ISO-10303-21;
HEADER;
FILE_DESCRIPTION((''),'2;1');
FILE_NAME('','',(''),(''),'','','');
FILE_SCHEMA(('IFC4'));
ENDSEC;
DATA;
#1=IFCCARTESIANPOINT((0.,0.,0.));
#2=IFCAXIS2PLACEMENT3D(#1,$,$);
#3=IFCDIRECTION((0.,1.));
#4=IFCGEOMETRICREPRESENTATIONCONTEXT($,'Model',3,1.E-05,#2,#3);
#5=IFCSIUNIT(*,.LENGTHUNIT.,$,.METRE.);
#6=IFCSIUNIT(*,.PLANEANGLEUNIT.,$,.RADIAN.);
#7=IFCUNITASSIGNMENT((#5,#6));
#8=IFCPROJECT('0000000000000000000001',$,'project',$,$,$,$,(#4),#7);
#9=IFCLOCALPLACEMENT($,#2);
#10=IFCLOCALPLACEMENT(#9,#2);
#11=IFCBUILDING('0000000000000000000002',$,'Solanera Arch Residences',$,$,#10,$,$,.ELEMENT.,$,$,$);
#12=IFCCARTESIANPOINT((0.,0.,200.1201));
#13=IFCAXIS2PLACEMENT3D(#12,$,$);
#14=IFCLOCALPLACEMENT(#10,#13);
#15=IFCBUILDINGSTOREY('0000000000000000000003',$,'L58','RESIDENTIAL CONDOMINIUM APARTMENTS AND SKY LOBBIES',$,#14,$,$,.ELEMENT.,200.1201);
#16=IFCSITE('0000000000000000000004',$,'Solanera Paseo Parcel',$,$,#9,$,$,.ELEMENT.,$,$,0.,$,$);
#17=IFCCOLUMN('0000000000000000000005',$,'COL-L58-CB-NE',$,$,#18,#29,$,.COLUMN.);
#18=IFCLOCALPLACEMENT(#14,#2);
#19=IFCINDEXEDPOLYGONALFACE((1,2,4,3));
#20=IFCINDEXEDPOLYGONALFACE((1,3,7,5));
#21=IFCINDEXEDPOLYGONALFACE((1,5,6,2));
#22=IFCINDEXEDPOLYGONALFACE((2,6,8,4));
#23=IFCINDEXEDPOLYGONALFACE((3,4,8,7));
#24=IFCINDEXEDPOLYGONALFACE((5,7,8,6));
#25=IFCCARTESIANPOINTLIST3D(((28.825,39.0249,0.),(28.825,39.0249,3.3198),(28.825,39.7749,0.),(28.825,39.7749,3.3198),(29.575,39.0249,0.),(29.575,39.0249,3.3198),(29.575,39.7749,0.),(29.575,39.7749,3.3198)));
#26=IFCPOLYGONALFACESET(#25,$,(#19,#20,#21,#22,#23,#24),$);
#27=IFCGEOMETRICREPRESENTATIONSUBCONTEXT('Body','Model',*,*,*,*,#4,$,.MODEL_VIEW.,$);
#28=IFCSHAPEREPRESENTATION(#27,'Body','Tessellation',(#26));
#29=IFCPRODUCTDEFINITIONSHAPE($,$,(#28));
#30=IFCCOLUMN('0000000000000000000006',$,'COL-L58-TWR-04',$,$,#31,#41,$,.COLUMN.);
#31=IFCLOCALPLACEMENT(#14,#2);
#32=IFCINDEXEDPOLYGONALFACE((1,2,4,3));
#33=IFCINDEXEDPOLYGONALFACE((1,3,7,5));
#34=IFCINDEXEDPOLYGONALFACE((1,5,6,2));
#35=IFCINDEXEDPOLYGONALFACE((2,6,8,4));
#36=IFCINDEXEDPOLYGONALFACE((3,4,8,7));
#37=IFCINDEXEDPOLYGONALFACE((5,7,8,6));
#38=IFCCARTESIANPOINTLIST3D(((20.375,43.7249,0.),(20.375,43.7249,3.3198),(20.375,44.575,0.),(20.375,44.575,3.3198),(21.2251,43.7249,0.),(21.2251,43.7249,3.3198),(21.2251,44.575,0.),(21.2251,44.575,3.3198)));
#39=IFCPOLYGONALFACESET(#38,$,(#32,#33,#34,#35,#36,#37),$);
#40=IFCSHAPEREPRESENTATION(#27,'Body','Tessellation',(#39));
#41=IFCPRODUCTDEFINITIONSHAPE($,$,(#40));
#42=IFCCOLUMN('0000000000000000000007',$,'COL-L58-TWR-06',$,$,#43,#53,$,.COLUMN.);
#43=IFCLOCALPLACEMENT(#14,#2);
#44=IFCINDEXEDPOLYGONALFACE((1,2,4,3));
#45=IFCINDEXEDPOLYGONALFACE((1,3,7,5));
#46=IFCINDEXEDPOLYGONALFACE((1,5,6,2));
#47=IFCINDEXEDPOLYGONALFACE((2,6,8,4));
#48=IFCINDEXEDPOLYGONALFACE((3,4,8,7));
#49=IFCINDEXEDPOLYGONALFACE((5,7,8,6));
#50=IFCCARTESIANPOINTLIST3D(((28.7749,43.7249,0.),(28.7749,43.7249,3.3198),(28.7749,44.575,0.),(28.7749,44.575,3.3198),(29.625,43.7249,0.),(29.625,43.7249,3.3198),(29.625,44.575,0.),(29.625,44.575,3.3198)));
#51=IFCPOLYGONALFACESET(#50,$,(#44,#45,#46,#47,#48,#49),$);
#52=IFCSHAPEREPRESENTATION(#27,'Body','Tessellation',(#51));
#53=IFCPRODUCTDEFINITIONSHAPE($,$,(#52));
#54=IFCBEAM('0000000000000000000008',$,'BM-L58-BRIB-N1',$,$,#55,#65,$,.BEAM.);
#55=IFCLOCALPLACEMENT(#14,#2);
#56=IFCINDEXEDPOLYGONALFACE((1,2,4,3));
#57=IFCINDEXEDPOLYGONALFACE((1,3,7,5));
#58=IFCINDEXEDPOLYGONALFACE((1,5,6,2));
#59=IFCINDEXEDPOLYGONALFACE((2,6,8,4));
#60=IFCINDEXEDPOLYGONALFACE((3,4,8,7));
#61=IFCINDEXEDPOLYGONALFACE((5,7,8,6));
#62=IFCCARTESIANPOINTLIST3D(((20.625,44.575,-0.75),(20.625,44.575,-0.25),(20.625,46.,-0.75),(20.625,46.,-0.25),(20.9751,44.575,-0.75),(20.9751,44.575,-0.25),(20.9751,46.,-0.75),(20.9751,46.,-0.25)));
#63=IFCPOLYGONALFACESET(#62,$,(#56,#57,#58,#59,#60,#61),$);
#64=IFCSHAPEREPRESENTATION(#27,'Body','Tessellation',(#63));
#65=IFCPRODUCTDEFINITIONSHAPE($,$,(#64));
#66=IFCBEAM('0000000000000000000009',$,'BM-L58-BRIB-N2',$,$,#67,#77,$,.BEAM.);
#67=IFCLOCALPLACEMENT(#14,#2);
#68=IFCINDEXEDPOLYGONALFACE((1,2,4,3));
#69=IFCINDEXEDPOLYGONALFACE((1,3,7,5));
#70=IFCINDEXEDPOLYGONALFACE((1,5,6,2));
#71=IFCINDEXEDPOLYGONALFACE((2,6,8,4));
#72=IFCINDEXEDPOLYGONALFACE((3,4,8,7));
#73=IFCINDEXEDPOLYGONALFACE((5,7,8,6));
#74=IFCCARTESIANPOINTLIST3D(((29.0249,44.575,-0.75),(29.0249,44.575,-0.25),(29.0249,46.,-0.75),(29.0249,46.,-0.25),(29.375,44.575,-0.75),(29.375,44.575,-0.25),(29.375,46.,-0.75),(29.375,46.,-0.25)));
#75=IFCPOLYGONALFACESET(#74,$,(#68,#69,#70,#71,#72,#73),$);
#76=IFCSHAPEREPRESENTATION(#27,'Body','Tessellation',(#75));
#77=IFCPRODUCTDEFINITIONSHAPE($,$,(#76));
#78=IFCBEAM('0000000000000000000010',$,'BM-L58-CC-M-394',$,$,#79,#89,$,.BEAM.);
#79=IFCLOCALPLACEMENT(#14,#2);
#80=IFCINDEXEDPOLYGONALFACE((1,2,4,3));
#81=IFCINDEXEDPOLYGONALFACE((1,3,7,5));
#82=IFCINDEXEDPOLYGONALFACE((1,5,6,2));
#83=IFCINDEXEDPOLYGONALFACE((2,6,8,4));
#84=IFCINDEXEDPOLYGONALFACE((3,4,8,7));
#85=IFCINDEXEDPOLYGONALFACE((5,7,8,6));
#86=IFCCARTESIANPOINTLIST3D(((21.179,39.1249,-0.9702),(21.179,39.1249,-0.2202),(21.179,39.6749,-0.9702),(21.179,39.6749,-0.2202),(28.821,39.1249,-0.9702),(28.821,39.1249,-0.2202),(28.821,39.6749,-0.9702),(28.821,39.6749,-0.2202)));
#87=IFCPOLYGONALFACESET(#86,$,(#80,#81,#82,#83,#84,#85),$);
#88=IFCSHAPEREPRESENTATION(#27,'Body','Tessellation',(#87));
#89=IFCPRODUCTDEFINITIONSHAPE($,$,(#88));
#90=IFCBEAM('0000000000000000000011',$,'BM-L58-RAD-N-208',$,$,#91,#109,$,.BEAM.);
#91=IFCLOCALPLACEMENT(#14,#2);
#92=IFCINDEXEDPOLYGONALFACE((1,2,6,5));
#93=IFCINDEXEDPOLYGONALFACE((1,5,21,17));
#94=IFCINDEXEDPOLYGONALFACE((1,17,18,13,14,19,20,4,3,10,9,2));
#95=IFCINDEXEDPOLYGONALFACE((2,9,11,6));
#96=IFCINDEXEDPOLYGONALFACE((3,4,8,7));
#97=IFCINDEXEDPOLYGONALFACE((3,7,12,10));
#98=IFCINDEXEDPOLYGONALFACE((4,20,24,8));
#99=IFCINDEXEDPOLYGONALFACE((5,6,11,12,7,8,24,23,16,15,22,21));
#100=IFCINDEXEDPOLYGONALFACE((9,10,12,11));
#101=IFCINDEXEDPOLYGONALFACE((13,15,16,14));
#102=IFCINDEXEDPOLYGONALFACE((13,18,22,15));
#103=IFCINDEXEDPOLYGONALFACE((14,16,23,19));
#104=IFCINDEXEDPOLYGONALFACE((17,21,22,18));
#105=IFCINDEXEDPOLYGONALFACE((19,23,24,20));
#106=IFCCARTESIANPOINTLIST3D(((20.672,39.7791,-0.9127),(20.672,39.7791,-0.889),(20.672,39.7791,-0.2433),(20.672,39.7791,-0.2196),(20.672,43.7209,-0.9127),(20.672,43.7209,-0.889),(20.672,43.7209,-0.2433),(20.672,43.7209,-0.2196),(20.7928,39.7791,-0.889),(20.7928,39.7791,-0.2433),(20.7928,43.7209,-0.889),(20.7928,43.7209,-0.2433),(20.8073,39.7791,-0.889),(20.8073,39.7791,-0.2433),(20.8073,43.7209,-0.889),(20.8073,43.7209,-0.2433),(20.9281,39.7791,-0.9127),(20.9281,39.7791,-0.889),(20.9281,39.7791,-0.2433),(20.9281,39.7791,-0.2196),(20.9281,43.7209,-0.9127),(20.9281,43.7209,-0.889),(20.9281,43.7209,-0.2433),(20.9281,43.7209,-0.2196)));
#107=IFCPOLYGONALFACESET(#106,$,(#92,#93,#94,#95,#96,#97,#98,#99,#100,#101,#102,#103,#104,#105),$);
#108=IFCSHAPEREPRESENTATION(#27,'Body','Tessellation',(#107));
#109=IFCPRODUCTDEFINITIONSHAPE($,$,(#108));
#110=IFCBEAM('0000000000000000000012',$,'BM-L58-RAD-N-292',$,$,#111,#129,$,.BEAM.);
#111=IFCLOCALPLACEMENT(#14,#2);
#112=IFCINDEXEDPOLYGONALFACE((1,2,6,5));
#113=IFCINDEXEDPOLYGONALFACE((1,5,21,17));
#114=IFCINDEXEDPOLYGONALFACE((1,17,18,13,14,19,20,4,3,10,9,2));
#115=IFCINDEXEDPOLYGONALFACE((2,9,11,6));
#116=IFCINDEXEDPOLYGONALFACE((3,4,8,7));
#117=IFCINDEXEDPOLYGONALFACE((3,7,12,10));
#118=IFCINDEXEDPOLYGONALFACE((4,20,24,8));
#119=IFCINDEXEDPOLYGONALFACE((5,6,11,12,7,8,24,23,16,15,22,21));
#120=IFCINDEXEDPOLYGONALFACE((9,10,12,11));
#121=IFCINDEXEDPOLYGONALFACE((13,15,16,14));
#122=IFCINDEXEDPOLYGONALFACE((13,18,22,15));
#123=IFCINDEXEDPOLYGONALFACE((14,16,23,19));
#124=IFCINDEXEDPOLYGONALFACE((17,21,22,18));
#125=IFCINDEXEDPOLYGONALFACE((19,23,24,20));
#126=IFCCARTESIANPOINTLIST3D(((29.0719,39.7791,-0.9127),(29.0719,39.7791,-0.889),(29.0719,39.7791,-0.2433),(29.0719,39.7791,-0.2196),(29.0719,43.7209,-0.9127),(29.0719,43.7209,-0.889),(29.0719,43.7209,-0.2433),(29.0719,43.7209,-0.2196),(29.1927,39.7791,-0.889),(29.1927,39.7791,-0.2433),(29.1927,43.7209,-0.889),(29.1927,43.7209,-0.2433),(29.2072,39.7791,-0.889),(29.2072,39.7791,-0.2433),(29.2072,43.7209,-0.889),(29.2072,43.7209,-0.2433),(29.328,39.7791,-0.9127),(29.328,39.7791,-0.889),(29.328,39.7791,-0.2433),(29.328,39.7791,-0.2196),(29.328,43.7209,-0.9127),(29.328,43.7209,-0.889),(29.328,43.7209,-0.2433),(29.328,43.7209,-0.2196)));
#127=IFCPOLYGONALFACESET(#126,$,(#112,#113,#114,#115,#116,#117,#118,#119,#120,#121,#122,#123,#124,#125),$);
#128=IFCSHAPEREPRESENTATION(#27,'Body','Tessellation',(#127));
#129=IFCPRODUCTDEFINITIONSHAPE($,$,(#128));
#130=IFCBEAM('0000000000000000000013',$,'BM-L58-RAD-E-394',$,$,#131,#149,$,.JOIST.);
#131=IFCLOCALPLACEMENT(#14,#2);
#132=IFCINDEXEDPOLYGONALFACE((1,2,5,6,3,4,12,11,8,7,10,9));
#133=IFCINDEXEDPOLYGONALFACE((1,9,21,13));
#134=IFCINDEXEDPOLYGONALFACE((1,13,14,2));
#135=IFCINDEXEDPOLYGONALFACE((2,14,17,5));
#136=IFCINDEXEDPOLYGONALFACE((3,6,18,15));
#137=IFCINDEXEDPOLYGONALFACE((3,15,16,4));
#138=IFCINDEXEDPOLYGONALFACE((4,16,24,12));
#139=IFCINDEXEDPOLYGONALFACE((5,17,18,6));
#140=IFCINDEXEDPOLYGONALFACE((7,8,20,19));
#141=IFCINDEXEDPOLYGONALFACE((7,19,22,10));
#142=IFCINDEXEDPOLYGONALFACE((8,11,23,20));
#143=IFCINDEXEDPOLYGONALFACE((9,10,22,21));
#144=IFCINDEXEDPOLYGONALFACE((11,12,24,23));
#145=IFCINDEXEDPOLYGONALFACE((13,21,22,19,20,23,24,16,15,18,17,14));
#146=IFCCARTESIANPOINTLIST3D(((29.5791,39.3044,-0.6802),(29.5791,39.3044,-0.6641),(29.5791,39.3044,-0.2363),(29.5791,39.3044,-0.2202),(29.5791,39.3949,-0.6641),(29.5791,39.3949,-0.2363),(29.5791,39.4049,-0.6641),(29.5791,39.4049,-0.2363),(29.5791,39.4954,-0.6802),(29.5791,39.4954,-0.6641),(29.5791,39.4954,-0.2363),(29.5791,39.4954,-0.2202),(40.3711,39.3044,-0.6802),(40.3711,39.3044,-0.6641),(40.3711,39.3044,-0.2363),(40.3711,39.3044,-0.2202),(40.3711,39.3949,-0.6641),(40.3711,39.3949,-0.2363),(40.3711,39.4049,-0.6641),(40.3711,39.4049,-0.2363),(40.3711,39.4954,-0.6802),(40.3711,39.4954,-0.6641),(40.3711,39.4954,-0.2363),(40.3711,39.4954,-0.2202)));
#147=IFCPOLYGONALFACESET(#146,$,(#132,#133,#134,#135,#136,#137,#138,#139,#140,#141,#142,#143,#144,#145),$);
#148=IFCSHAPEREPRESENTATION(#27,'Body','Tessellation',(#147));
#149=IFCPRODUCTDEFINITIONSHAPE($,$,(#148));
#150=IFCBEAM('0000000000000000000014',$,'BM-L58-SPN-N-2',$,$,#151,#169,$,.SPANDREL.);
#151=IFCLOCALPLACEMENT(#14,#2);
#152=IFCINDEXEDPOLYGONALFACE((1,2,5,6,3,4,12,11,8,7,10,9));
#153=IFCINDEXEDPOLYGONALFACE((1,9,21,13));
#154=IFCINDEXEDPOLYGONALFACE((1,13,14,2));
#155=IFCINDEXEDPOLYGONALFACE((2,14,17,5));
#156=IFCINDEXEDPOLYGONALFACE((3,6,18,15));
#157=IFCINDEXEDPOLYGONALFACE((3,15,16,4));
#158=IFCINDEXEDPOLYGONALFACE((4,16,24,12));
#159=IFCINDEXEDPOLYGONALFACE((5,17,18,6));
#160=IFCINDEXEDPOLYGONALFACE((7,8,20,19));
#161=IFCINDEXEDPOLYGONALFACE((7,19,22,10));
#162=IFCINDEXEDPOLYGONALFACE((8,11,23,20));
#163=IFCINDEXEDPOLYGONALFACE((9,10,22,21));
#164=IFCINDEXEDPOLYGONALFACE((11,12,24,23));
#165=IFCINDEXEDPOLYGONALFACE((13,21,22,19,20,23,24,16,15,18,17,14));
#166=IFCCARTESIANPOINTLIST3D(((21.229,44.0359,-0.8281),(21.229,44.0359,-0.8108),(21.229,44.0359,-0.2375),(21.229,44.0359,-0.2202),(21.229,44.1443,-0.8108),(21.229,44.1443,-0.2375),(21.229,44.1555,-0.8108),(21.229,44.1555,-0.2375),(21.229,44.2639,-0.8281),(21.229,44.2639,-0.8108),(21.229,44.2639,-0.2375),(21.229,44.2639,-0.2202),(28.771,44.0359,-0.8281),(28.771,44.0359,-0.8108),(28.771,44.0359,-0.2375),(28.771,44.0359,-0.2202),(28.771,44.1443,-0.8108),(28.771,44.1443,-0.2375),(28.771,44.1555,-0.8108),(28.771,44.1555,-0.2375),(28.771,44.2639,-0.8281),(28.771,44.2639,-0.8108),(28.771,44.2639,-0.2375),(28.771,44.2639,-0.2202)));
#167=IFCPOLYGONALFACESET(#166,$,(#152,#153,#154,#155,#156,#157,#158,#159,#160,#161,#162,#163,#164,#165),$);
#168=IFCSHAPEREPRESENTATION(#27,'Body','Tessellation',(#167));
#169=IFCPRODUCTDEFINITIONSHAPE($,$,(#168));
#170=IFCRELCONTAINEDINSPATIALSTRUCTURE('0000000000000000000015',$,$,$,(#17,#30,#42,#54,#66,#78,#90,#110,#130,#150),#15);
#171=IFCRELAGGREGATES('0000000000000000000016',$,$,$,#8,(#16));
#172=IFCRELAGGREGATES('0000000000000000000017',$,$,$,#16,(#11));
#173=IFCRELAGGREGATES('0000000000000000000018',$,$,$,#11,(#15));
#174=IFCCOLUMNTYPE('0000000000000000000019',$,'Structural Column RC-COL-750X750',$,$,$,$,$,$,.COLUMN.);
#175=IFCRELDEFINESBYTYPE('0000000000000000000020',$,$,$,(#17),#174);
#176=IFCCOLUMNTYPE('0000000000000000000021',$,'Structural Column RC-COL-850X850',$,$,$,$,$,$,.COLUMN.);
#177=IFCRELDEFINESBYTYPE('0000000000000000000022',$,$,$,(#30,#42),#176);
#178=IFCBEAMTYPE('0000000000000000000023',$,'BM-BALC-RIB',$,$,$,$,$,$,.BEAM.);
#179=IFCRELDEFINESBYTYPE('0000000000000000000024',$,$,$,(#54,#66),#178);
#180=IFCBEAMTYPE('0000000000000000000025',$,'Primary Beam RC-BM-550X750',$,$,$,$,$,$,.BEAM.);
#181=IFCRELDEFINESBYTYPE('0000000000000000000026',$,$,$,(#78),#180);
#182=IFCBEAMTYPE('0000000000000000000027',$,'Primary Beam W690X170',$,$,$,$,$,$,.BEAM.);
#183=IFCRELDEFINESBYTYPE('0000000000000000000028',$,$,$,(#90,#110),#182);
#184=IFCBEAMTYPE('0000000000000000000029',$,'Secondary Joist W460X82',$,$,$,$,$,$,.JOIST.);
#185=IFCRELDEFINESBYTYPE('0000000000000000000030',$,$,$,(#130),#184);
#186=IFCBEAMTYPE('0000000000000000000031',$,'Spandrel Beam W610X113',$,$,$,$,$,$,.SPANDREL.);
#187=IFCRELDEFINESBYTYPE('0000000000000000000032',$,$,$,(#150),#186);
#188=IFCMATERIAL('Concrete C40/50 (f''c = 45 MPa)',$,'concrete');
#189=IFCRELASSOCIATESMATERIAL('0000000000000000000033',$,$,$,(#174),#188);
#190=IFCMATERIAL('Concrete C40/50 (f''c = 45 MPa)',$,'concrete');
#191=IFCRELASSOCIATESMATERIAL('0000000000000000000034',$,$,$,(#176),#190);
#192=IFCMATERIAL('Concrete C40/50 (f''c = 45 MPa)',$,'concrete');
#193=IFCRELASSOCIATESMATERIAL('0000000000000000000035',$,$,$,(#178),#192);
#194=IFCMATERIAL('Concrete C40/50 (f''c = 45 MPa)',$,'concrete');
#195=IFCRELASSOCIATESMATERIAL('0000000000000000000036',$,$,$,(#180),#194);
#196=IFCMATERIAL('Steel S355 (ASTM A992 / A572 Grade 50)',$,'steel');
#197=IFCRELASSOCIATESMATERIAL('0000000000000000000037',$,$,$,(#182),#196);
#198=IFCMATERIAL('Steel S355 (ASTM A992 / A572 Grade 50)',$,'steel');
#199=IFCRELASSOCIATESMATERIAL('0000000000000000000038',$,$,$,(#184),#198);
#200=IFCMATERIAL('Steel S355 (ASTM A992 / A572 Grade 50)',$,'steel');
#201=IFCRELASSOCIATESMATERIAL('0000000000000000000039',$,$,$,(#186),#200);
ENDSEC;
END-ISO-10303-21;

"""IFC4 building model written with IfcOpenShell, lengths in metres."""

from ifc_helpers import new_model, si_unit, direction, frame, origin, origin_2d, place, context, subcontext, project, spatial, rectangle, i_section, extrude, material, material_profile, profile_set, type_object, element, save


model = new_model("IFC4")

# Units and contexts
model_context = context("Model", 3, precision=1e-05, world=origin(), true_north=direction((0.0, 1.0)))
body_context = subcontext(model_context, "Body", "Model", "MODEL_VIEW")
ifc_project = project(units=[si_unit("LENGTHUNIT", "METRE"), si_unit("PLANEANGLEUNIT", "RADIAN")], contexts=[model_context])

# Site, building, storey
site_placement = place(None, origin())
site = spatial("IfcSite", under=ifc_project, at=site_placement, Name="Solanera Paseo Parcel", CompositionType="ELEMENT", RefElevation=0.0)
building_placement = place(site_placement, origin())
building = spatial("IfcBuilding", under=site, at=building_placement, Name="Solanera Arch Residences", CompositionType="ELEMENT")
storey_placement = place(building_placement, frame((0.0, 0.0, 200.1201)))
storey = spatial("IfcBuildingStorey", under=building, at=storey_placement, Name="L58", Description="RESIDENTIAL CONDOMINIUM APARTMENTS AND SKY LOBBIES", CompositionType="ELEMENT", Elevation=200.1201)

# Columns
ifc_material_1 = material(Name="Concrete C40/50 (f'c = 45 MPa)", Category="concrete")
ifc_material_profile_1 = material_profile(ifc_material_1, rectangle(XDim=0.75, YDim=0.75, at=origin_2d()))
ifc_profile_set_1 = profile_set([ifc_material_profile_1], Name="Concrete C40/50 (f'c = 45 MPa)")
column_type_1 = type_object("IfcColumnType", Name="Structural Column RC-COL-750X750", PredefinedType="COLUMN", material=ifc_profile_set_1)
column_placement = place(storey_placement, frame((29.2, 39.3999, 0.0), z_axis=(0.0, 0.0, 1.0), x_axis=(1.0, 0.0, 0.0)))
element("IfcColumn", 1, at=column_placement, inside=storey, type_object=column_type_1, Name="COL-L58-CB-NE", PredefinedType="COLUMN", context=body_context, shape_type="SweptSolid", body=[
    extrude(rectangle(XDim=0.75, YDim=0.75, at=origin_2d()), origin(), (0.0, 0.0, 1.0), 3.3198),
])
ifc_material_2 = material(Name="Concrete C40/50 (f'c = 45 MPa)", Category="concrete")
ifc_material_profile_2 = material_profile(ifc_material_2, rectangle(XDim=0.8501, YDim=0.8501, at=origin_2d()))
ifc_profile_set_2 = profile_set([ifc_material_profile_2], Name="Concrete C40/50 (f'c = 45 MPa)")
column_type_2 = type_object("IfcColumnType", Name="Structural Column RC-COL-850X850", PredefinedType="COLUMN", material=ifc_profile_set_2)
for number, where, z_axis, x_axis, name in (
    (2, (20.8, 44.1499, 0.0), (0.0, 0.0, 1.0), (1.0, 0.0, 0.0), "COL-L58-TWR-04"),
    (3, (29.2, 44.1499, 0.0), (0.0, 0.0, 1.0), (1.0, 0.0, 0.0), "COL-L58-TWR-06"),
):
    element("IfcColumn", number, at=place(storey_placement, frame(where, z_axis=z_axis, x_axis=x_axis)), inside=storey, type_object=column_type_2, Name=name, PredefinedType="COLUMN", context=body_context, shape_type="SweptSolid", body=[
        extrude(rectangle(XDim=0.8501, YDim=0.8501, at=origin_2d()), origin(), (0.0, 0.0, 1.0), 3.3198),
    ])

# Beams
ifc_material_3 = material(Name="Concrete C40/50 (f'c = 45 MPa)", Category="concrete")
ifc_material_profile_3 = material_profile(ifc_material_3, rectangle(XDim=0.3501, YDim=0.5, at=origin_2d()))
ifc_profile_set_3 = profile_set([ifc_material_profile_3], Name="Concrete C40/50 (f'c = 45 MPa)")
beam_type_1 = type_object("IfcBeamType", Name="BM-BALC-RIB", PredefinedType="BEAM", material=ifc_profile_set_3)
for number, where, z_axis, x_axis, name in (
    (4, (20.8, 44.575, -0.5), (0.0, 1.0, 0.0), (-1.0, 0.0, 0.0), "BM-L58-BRIB-N1"),
    (5, (29.2, 44.575, -0.5), (0.0, 1.0, 0.0), (-1.0, 0.0, 0.0), "BM-L58-BRIB-N2"),
):
    element("IfcBeam", number, at=place(storey_placement, frame(where, z_axis=z_axis, x_axis=x_axis)), inside=storey, type_object=beam_type_1, Name=name, PredefinedType="BEAM", context=body_context, shape_type="SweptSolid", body=[
        extrude(rectangle(XDim=0.3501, YDim=0.5, at=origin_2d()), origin(), (0.0, 0.0, 1.0), 1.425),
    ])
ifc_material_4 = material(Name="Concrete C40/50 (f'c = 45 MPa)", Category="concrete")
ifc_material_profile_4 = material_profile(ifc_material_4, rectangle(XDim=0.55, YDim=0.75, at=origin_2d()))
ifc_profile_set_4 = profile_set([ifc_material_profile_4], Name="Concrete C40/50 (f'c = 45 MPa)")
beam_type_2 = type_object("IfcBeamType", Name="Primary Beam RC-BM-550X750", PredefinedType="BEAM", material=ifc_profile_set_4)
beam_1_placement = place(storey_placement, frame((21.179, 39.3999, -0.5952), z_axis=(1.0, 0.0, 0.0), x_axis=(0.0, 1.0, 0.0)))
element("IfcBeam", 6, at=beam_1_placement, inside=storey, type_object=beam_type_2, Name="BM-L58-CC-M-394", PredefinedType="BEAM", context=body_context, shape_type="SweptSolid", body=[
    extrude(rectangle(XDim=0.55, YDim=0.75, at=origin_2d()), origin(), (0.0, 0.0, 1.0), 7.6421),
])
ifc_material_5 = material(Name="Steel S355 (ASTM A992 / A572 Grade 50)", Category="steel")
ifc_material_profile_5 = material_profile(ifc_material_5, i_section(OverallWidth=0.2561, OverallDepth=0.6931, WebThickness=0.0144, FlangeThickness=0.0237, at=origin_2d()))
ifc_profile_set_5 = profile_set([ifc_material_profile_5], Name="Steel S355 (ASTM A992 / A572 Grade 50)")
beam_type_3 = type_object("IfcBeamType", Name="Primary Beam W690X170", PredefinedType="BEAM", material=ifc_profile_set_5)
for number, where, z_axis, x_axis, name in (
    (7, (20.8, 39.7791, -0.5662), (0.0, 1.0, 0.0), (-1.0, 0.0, 0.0), "BM-L58-RAD-N-208"),
    (8, (29.2, 39.7791, -0.5662), (0.0, 1.0, 0.0), (-1.0, 0.0, 0.0), "BM-L58-RAD-N-292"),
):
    element("IfcBeam", number, at=place(storey_placement, frame(where, z_axis=z_axis, x_axis=x_axis)), inside=storey, type_object=beam_type_3, Name=name, PredefinedType="BEAM", context=body_context, shape_type="SweptSolid", body=[
        extrude(i_section(OverallWidth=0.2561, OverallDepth=0.6931, WebThickness=0.0144, FlangeThickness=0.0237, at=origin_2d()), origin(), (0.0, 0.0, 1.0), 3.9419),
    ])
ifc_material_6 = material(Name="Steel S355 (ASTM A992 / A572 Grade 50)", Category="steel")
ifc_material_profile_6 = material_profile(ifc_material_6, i_section(OverallWidth=0.1909, OverallDepth=0.46, WebThickness=0.01, FlangeThickness=0.0161, at=origin_2d()))
ifc_profile_set_6 = profile_set([ifc_material_profile_6], Name="Steel S355 (ASTM A992 / A572 Grade 50)")
beam_type_4 = type_object("IfcBeamType", Name="Secondary Joist W460X82", PredefinedType="JOIST", material=ifc_profile_set_6)
beam_2_placement = place(storey_placement, frame((29.5791, 39.3999, -0.4502), z_axis=(1.0, 0.0, 0.0), x_axis=(0.0, 1.0, 0.0)))
element("IfcBeam", 9, at=beam_2_placement, inside=storey, type_object=beam_type_4, Name="BM-L58-RAD-E-394", PredefinedType="JOIST", context=body_context, shape_type="SweptSolid", body=[
    extrude(i_section(OverallWidth=0.1909, OverallDepth=0.46, WebThickness=0.01, FlangeThickness=0.0161, at=origin_2d()), origin(), (0.0, 0.0, 1.0), 10.792),
])
ifc_material_7 = material(Name="Steel S355 (ASTM A992 / A572 Grade 50)", Category="steel")
ifc_material_profile_7 = material_profile(ifc_material_7, i_section(OverallWidth=0.228, OverallDepth=0.6079, WebThickness=0.0112, FlangeThickness=0.0173, at=origin_2d()))
ifc_profile_set_7 = profile_set([ifc_material_profile_7], Name="Steel S355 (ASTM A992 / A572 Grade 50)")
beam_type_5 = type_object("IfcBeamType", Name="Spandrel Beam W610X113", PredefinedType="SPANDREL", material=ifc_profile_set_7)
beam_3_placement = place(storey_placement, frame((21.229, 44.1499, -0.5242), z_axis=(1.0, 0.0, 0.0), x_axis=(0.0, 1.0, 0.0)))
element("IfcBeam", 10, at=beam_3_placement, inside=storey, type_object=beam_type_5, Name="BM-L58-SPN-N-2", PredefinedType="SPANDREL", context=body_context, shape_type="SweptSolid", body=[
    extrude(i_section(OverallWidth=0.228, OverallDepth=0.6079, WebThickness=0.0112, FlangeThickness=0.0173, at=origin_2d()), origin(), (0.0, 0.0, 1.0), 7.542),
])

save(model, "model.ifc")
